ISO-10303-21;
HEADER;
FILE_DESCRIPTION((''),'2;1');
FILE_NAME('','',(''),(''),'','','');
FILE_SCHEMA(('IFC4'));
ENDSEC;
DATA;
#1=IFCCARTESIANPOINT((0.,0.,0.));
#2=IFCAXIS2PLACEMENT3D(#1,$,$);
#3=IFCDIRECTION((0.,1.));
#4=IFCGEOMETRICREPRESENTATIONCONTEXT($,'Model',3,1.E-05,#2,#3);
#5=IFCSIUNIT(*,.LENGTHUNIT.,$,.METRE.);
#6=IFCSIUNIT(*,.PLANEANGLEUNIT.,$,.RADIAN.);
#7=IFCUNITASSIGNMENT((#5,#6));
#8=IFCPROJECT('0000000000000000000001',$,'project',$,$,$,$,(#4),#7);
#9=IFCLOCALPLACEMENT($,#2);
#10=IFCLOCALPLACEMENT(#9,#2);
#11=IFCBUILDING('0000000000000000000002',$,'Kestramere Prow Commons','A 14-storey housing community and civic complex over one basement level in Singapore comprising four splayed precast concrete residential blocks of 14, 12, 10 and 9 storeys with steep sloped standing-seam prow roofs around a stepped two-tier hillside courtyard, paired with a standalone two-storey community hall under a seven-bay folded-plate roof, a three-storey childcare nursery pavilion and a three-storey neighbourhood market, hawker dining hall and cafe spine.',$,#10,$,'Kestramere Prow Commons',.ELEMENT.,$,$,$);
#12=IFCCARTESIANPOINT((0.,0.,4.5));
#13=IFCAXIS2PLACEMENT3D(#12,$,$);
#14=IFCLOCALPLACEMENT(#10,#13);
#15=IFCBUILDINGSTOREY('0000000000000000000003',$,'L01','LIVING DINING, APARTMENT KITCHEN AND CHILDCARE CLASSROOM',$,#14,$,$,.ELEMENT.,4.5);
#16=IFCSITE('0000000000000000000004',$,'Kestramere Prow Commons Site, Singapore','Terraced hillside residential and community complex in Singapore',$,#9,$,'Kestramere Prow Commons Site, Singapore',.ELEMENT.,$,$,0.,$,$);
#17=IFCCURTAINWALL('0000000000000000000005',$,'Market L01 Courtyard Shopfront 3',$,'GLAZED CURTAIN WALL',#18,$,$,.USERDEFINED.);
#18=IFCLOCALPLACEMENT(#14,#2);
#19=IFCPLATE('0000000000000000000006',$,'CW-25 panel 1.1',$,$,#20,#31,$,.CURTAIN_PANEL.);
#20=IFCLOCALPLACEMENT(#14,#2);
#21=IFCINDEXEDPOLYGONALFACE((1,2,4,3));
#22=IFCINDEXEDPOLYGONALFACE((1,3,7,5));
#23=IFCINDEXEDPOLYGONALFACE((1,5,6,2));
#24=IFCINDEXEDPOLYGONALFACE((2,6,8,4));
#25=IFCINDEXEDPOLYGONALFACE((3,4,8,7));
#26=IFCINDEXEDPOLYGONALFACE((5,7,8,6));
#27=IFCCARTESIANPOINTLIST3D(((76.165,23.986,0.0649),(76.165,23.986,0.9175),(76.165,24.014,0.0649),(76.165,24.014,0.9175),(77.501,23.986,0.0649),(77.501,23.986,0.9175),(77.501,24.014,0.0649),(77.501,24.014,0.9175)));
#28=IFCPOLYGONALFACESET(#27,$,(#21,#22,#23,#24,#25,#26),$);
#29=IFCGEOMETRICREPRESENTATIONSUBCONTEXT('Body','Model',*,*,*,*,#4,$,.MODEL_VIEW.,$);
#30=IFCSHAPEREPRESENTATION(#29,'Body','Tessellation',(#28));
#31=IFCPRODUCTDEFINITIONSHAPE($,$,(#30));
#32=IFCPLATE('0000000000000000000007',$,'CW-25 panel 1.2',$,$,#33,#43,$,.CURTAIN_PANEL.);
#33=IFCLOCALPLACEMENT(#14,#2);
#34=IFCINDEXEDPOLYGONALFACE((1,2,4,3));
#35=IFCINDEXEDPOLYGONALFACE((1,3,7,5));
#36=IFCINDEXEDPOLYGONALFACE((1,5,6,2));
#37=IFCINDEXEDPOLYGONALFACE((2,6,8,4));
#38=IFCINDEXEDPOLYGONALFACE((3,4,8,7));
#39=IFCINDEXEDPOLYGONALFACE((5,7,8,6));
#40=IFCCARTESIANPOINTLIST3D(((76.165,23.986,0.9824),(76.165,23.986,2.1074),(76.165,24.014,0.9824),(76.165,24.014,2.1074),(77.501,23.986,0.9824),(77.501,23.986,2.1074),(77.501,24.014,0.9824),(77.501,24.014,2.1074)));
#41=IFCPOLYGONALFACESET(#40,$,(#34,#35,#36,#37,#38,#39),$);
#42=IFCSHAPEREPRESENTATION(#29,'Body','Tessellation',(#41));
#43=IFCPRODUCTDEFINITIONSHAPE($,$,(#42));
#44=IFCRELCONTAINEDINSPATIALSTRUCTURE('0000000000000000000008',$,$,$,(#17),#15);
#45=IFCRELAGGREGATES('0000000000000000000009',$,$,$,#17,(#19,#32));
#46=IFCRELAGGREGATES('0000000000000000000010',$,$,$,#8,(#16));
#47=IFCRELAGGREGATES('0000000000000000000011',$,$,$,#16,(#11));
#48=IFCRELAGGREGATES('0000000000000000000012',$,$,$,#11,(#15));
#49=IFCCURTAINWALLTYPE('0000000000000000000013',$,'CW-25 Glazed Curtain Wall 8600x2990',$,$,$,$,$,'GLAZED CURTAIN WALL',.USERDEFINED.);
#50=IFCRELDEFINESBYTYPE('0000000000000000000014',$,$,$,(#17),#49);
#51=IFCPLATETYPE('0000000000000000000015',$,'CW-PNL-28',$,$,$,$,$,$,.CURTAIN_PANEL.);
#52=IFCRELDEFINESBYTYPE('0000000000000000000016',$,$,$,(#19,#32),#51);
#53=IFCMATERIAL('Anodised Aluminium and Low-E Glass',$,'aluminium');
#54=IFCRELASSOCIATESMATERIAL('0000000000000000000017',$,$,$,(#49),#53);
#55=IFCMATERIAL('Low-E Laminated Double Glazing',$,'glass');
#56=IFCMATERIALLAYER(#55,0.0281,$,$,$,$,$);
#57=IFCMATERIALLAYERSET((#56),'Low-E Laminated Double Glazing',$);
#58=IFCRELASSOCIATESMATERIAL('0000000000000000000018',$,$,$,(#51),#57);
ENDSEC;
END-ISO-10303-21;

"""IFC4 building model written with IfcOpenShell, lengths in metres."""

from ifc_helpers import new_model, si_unit, direction, frame, origin, origin_2d, place, context, subcontext, project, spatial, rectangle, extrude, material, layer, layer_set, type_object, element, aggregate, save


model = new_model("IFC4")

# Units and contexts
model_context = context("Model", 3, precision=1e-05, world=origin(), true_north=direction((0.0, 1.0)))
body_context = subcontext(model_context, "Body", "Model", "MODEL_VIEW")
ifc_project = project(units=[si_unit("LENGTHUNIT", "METRE"), si_unit("PLANEANGLEUNIT", "RADIAN")], contexts=[model_context])

# Site, building, storey
site_placement = place(None, origin())
site = spatial("IfcSite", under=ifc_project, at=site_placement, Name="Kestramere Prow Commons Site, Singapore", Description="Terraced hillside residential and community complex in Singapore", LongName="Kestramere Prow Commons Site, Singapore", CompositionType="ELEMENT", RefElevation=0.0)
building_placement = place(site_placement, origin())
building = spatial("IfcBuilding", under=site, at=building_placement, Name="Kestramere Prow Commons", Description="A 14-storey housing community and civic complex over one basement level in Singapore comprising four splayed precast concrete residential blocks of 14, 12, 10 and 9 storeys with steep sloped standing-seam prow roofs around a stepped two-tier hillside courtyard, paired with a standalone two-storey community hall under a seven-bay folded-plate roof, a three-storey childcare nursery pavilion and a three-storey neighbourhood market, hawker dining hall and cafe spine.", LongName="Kestramere Prow Commons", CompositionType="ELEMENT")
storey_placement = place(building_placement, frame((0.0, 0.0, 4.5)))
storey = spatial("IfcBuildingStorey", under=building, at=storey_placement, Name="L01", Description="LIVING DINING, APARTMENT KITCHEN AND CHILDCARE CLASSROOM", CompositionType="ELEMENT", Elevation=4.5)

# Curtain wall
ifc_material_1 = material(Name="Anodised Aluminium and Low-E Glass", Category="aluminium")
curtain_wall_type_1 = type_object("IfcCurtainWallType", Name="CW-25 Glazed Curtain Wall 8600x2990", ElementType="GLAZED CURTAIN WALL", PredefinedType="USERDEFINED", material=ifc_material_1)
curtain_wall_1_placement = place(storey_placement, origin())
curtain_wall_1 = element("IfcCurtainWall", 1, at=curtain_wall_1_placement, inside=storey, type_object=curtain_wall_type_1, Name="Market L01 Courtyard Shopfront 3", ObjectType="GLAZED CURTAIN WALL", PredefinedType="USERDEFINED")

# Plates
ifc_material_2 = material(Name="Low-E Laminated Double Glazing", Category="glass")
ifc_layer = layer(ifc_material_2, 0.0281)
ifc_layer_set = layer_set([ifc_layer], Name="Low-E Laminated Double Glazing")
plate_type = type_object("IfcPlateType", Name="CW-PNL-28", PredefinedType="CURTAIN_PANEL", material=ifc_layer_set)
plate_1_placement = place(storey_placement, frame((76.833, 24.0, 0.0649), z_axis=(0.0, 0.0, 1.0), x_axis=(1.0, 0.0, 0.0)))
plate_1 = element("IfcPlate", 2, at=plate_1_placement, type_object=plate_type, Name="CW-25 panel 1.1", PredefinedType="CURTAIN_PANEL", context=body_context, shape_type="SweptSolid", body=[
    extrude(rectangle(XDim=1.3359, YDim=0.0281, at=origin_2d()), origin(), (0.0, 0.0, 1.0), 0.8525),
])
plate_2_placement = place(storey_placement, frame((76.833, 24.0, 0.9824), z_axis=(0.0, 0.0, 1.0), x_axis=(1.0, 0.0, 0.0)))
plate_2 = element("IfcPlate", 3, at=plate_2_placement, type_object=plate_type, Name="CW-25 panel 1.2", PredefinedType="CURTAIN_PANEL", context=body_context, shape_type="SweptSolid", body=[
    extrude(rectangle(XDim=1.3359, YDim=0.0281, at=origin_2d()), origin(), (0.0, 0.0, 1.0), 1.125),
])
aggregate(curtain_wall_1, [plate_1, plate_2])

save(model, "model.ifc")
